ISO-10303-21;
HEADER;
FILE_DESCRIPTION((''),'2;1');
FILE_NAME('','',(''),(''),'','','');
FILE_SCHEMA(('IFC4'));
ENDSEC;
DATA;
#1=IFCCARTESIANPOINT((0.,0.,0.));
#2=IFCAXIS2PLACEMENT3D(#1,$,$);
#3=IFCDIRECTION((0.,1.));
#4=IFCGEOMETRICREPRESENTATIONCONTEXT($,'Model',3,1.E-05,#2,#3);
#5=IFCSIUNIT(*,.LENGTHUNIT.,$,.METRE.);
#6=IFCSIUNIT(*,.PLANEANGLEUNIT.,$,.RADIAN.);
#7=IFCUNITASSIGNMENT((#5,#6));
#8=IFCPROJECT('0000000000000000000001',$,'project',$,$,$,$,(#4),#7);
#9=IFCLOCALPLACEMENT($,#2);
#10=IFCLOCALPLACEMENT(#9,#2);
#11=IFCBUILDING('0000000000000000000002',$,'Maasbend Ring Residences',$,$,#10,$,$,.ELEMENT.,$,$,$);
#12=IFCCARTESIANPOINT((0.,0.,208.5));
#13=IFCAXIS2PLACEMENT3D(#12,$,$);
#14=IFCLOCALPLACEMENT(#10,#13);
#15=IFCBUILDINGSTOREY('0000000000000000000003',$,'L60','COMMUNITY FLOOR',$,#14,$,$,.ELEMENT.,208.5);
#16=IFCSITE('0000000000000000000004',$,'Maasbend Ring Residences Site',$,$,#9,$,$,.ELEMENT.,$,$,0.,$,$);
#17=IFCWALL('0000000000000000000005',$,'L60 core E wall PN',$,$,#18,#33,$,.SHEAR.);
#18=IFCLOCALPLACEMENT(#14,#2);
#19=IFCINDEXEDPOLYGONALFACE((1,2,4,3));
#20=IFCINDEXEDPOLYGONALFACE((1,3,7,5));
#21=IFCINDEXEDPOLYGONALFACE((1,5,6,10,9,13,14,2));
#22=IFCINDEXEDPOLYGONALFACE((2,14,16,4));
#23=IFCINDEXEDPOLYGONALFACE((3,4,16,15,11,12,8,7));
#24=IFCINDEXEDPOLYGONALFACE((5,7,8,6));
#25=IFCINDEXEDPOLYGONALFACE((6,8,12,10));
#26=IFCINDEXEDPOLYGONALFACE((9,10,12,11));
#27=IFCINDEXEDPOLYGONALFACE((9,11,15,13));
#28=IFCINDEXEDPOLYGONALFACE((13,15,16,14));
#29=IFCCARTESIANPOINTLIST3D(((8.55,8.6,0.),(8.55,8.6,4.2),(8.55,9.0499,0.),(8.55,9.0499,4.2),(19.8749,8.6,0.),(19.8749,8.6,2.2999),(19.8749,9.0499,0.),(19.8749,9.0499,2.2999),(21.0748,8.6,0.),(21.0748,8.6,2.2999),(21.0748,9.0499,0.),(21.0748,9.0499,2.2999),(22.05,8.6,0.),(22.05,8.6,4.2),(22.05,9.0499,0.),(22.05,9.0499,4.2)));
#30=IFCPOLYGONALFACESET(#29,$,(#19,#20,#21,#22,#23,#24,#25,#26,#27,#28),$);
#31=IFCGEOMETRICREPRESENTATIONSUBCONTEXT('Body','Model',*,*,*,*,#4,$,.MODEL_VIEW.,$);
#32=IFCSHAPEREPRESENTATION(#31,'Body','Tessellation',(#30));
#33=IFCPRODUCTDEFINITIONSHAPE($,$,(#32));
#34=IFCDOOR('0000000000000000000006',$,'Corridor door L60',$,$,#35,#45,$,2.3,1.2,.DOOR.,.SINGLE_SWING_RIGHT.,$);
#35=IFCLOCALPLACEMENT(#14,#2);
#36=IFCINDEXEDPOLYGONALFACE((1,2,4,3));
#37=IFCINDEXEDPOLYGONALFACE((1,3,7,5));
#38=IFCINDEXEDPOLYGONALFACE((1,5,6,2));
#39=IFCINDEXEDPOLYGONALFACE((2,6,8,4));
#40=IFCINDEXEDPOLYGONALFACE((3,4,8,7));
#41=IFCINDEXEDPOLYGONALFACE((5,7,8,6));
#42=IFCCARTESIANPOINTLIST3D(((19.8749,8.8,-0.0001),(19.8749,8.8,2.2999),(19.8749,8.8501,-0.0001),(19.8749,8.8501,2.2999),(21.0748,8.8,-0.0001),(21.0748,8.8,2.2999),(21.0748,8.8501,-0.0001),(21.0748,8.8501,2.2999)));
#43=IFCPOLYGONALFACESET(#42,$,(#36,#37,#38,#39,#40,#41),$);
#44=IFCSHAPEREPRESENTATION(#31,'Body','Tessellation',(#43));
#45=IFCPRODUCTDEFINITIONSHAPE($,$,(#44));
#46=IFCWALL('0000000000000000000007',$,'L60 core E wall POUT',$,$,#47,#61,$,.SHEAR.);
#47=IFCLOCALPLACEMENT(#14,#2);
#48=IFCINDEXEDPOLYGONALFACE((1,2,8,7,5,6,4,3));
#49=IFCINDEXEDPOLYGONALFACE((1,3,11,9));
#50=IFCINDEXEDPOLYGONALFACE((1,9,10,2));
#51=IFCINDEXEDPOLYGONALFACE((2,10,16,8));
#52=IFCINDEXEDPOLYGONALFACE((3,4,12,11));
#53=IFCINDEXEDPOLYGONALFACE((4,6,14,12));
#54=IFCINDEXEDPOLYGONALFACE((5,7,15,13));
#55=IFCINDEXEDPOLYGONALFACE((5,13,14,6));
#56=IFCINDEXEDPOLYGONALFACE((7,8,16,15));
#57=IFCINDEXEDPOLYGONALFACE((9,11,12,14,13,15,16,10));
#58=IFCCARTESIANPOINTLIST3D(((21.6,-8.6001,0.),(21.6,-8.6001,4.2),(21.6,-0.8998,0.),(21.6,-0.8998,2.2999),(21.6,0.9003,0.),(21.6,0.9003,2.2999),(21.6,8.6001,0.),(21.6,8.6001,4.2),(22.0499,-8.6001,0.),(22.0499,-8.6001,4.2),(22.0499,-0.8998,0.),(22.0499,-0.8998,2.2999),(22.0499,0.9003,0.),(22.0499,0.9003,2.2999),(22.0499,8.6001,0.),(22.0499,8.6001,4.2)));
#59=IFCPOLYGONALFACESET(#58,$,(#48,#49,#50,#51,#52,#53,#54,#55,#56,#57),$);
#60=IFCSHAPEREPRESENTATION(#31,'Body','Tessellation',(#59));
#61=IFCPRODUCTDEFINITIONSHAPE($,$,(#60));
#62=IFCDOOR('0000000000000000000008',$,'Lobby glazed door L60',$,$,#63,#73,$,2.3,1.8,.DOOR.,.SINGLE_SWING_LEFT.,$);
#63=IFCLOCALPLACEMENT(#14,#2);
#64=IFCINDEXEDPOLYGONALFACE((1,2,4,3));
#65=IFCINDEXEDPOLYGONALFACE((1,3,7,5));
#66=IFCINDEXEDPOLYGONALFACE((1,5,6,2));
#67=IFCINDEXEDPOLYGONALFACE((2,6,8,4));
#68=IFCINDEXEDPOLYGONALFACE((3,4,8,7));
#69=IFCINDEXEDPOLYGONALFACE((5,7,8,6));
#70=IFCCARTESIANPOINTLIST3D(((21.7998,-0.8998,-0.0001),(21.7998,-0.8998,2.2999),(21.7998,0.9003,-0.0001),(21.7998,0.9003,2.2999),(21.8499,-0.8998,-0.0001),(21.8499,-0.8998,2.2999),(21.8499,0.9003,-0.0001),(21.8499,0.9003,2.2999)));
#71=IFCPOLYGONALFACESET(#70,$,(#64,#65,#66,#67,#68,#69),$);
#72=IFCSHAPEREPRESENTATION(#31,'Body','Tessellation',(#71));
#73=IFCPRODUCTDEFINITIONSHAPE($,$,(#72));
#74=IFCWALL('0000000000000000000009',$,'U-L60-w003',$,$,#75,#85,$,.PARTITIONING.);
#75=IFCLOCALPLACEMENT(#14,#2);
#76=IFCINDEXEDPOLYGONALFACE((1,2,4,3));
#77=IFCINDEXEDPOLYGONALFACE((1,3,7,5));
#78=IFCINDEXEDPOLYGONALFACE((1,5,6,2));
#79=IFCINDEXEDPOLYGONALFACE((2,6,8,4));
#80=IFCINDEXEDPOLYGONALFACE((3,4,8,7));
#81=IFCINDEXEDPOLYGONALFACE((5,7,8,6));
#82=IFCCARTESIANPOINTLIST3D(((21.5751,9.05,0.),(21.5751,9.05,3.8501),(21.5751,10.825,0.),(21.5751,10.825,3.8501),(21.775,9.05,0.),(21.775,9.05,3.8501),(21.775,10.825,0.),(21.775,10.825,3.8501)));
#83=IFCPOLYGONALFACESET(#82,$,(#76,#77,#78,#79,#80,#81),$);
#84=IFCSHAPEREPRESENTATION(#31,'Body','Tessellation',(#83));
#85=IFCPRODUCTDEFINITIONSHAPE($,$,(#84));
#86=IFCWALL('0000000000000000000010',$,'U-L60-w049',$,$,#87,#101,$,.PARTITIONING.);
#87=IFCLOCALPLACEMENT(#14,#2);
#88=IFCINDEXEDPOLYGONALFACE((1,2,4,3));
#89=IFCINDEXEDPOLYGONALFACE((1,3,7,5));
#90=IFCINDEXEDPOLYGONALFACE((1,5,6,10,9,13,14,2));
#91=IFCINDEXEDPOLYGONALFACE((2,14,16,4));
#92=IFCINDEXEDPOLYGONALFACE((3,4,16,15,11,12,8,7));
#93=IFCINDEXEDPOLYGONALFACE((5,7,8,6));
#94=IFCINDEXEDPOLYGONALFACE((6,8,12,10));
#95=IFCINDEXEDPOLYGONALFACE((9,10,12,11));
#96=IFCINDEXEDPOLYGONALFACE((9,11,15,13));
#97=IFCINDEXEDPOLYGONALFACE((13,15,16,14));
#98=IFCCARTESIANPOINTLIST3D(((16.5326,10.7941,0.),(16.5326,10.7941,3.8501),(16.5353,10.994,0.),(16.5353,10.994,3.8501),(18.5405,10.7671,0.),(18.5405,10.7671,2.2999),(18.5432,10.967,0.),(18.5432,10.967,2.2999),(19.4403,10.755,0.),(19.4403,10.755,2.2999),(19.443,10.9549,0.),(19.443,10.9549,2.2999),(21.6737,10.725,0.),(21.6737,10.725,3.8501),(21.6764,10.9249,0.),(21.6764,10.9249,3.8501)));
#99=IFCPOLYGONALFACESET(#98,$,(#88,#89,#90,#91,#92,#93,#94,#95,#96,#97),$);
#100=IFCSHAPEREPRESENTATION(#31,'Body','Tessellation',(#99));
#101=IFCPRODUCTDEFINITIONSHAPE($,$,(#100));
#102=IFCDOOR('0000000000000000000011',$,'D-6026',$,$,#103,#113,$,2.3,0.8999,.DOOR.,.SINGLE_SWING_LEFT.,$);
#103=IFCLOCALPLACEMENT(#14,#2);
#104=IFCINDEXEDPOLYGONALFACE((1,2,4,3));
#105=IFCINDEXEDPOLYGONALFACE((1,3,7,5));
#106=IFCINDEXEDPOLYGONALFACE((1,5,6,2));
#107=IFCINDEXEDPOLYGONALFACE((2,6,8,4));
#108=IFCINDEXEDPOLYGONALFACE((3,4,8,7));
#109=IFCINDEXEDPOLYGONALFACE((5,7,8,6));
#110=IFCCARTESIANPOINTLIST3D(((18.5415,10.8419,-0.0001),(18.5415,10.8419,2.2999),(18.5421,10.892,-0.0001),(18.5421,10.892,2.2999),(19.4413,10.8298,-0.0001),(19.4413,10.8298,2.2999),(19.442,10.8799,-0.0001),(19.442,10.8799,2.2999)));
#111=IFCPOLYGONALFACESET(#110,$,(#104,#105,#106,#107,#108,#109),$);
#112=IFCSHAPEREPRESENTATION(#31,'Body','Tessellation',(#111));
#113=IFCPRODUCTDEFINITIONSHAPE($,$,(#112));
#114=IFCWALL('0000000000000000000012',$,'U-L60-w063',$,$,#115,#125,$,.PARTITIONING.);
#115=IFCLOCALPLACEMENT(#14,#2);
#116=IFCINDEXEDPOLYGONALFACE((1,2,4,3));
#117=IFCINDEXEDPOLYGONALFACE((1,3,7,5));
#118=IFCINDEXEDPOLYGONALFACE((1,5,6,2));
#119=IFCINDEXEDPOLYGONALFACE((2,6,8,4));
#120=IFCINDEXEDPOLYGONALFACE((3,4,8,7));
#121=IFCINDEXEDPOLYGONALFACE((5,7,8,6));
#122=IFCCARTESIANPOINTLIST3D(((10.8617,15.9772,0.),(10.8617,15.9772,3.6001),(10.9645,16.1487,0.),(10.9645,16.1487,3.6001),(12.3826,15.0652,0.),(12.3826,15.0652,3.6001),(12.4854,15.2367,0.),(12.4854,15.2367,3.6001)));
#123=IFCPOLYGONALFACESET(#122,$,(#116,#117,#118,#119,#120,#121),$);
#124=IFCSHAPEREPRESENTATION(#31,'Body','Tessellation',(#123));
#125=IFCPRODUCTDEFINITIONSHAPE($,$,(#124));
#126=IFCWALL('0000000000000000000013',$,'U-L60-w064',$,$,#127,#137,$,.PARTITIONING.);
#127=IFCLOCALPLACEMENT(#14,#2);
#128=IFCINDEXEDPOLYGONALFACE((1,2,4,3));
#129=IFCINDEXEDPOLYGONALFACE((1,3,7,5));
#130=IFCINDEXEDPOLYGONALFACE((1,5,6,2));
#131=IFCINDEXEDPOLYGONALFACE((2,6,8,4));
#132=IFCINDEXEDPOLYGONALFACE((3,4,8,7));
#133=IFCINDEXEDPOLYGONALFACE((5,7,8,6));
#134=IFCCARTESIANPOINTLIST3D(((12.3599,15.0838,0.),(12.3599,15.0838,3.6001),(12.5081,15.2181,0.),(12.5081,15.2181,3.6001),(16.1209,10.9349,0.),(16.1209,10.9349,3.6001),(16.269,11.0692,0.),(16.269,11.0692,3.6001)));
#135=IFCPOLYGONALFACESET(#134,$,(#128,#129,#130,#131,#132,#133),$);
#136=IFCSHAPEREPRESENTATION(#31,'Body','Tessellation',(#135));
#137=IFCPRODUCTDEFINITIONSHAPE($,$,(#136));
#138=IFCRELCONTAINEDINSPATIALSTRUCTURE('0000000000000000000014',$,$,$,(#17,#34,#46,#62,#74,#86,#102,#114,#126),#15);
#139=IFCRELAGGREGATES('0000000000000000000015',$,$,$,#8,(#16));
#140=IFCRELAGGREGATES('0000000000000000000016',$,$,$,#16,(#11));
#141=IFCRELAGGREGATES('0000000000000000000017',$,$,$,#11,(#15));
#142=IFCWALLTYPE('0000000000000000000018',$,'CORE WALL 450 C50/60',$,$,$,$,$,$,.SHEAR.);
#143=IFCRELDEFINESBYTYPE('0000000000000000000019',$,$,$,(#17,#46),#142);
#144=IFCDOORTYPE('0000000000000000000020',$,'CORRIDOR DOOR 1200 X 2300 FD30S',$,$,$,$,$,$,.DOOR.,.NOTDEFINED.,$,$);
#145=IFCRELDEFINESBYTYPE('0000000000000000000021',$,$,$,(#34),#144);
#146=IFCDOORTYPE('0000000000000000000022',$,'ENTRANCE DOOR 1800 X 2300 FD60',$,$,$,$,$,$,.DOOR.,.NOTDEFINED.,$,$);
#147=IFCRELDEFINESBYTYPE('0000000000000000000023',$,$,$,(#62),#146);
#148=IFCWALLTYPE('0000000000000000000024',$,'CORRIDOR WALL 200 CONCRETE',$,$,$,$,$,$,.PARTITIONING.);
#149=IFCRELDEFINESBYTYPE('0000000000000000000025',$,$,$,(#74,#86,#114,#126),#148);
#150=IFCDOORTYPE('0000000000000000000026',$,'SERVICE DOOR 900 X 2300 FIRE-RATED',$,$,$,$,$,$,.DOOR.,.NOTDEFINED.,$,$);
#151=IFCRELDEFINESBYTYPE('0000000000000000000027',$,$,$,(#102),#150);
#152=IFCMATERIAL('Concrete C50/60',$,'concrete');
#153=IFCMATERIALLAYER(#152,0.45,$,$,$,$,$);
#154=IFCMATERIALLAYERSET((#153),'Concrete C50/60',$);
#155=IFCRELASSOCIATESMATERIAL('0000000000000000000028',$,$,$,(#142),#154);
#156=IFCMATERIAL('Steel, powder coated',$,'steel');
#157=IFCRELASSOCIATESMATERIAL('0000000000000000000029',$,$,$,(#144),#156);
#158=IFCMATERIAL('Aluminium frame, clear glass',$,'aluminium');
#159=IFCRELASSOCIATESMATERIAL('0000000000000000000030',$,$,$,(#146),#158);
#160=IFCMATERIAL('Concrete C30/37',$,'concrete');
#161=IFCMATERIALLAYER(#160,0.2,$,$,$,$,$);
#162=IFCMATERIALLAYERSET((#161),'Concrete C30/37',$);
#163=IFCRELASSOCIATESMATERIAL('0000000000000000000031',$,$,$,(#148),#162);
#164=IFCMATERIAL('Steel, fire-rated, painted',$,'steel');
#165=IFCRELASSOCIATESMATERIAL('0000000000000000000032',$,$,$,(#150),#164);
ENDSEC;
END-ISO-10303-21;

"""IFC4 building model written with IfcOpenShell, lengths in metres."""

from ifc_helpers import new_model, si_unit, direction, frame, frame_2d, origin, place, context, subcontext, project, spatial, rectangle, extrude, material, layer, layer_set, type_object, element, fill, save


model = new_model("IFC4")

# Units and contexts
model_context = context("Model", 3, precision=1e-05, world=origin(), true_north=direction((0.0, 1.0)))
body_context = subcontext(model_context, "Body", "Model", "MODEL_VIEW")
ifc_project = project(units=[si_unit("LENGTHUNIT", "METRE"), si_unit("PLANEANGLEUNIT", "RADIAN")], contexts=[model_context])

# Site, building, storey
site_placement = place(None, origin())
site = spatial("IfcSite", under=ifc_project, at=site_placement, Name="Maasbend Ring Residences Site", CompositionType="ELEMENT", RefElevation=0.0)
building_placement = place(site_placement, origin())
building = spatial("IfcBuilding", under=site, at=building_placement, Name="Maasbend Ring Residences", CompositionType="ELEMENT")
storey_placement = place(building_placement, frame((0.0, 0.0, 208.5)))
storey = spatial("IfcBuildingStorey", under=building, at=storey_placement, Name="L60", Description="COMMUNITY FLOOR", CompositionType="ELEMENT", Elevation=208.5)

# Walls, openings, doors
ifc_material_1 = material(Name="Concrete C50/60", Category="concrete")
ifc_layer_1 = layer(ifc_material_1, 0.45)
ifc_layer_set_1 = layer_set([ifc_layer_1], Name="Concrete C50/60")
wall_type_1 = type_object("IfcWallType", Name="CORE WALL 450 C50/60", PredefinedType="SHEAR", material=ifc_layer_set_1)
wall_1_placement = place(storey_placement, frame((22.05, 8.825, 0.0), z_axis=(0.0, 0.0, 1.0), x_axis=(-1.0, 0.0, 0.0)))
wall_1 = element("IfcWall", 1, at=wall_1_placement, inside=storey, type_object=wall_type_1, Name="L60 core E wall PN", PredefinedType="SHEAR", context=body_context, shape_type="SweptSolid", body=[
    extrude(rectangle(XDim=13.5, YDim=0.45, at=frame_2d((6.75, 0.0))), origin(), (0.0, 0.0, 1.0), 4.2),
])
opening_1_placement = place(wall_1_placement, frame((0.9751, 0.0, 0.0)))
opening_1 = element("IfcOpeningElement", 2, at=opening_1_placement, cuts=wall_1, PredefinedType="OPENING", context=body_context, shape_type="SweptSolid", body=[
    extrude(rectangle(XDim=1.2, YDim=2.3, at=frame_2d((0.6001, 1.1499))), frame((0.0, 0.2349, 0.0), z_axis=(0.0, -1.0, 0.0), x_axis=(1.0, 0.0, 0.0)), (0.0, 0.0, 1.0), 0.47),
])
ifc_material_2 = material(Name="Steel, powder coated", Category="steel")
door_type_1 = type_object("IfcDoorType", Name="CORRIDOR DOOR 1200 X 2300 FD30S", OperationType="NOTDEFINED", PredefinedType="DOOR", material=ifc_material_2)
door_1_placement = place(opening_1_placement, origin())
door_1 = element("IfcDoor", 3, at=door_1_placement, inside=storey, type_object=door_type_1, Name="Corridor door L60", OperationType="SINGLE_SWING_RIGHT", OverallHeight=2.3, OverallWidth=1.2, PredefinedType="DOOR", context=body_context, shape_type="SweptSolid", body=[
    extrude(rectangle(XDim=1.2, YDim=2.3, at=frame_2d((0.6001, 1.1499))), frame((0.0, 0.0249, 0.0), z_axis=(0.0, -1.0, 0.0), x_axis=(1.0, 0.0, 0.0)), (0.0, 0.0, 1.0), 0.05),
])
fill(opening_1, door_1)
wall_2_placement = place(storey_placement, frame((21.825, 8.6001, 0.0), z_axis=(0.0, 0.0, 1.0), x_axis=(0.0, -1.0, 0.0)))
wall_2 = element("IfcWall", 4, at=wall_2_placement, inside=storey, type_object=wall_type_1, Name="L60 core E wall POUT", PredefinedType="SHEAR", context=body_context, shape_type="SweptSolid", body=[
    extrude(rectangle(XDim=17.2002, YDim=0.45, at=frame_2d((8.6001, 0.0))), origin(), (0.0, 0.0, 1.0), 4.2),
])
opening_2_placement = place(wall_2_placement, frame((7.7, 0.0, 0.0)))
opening_2 = element("IfcOpeningElement", 5, at=opening_2_placement, cuts=wall_2, PredefinedType="OPENING", context=body_context, shape_type="SweptSolid", body=[
    extrude(rectangle(XDim=1.8, YDim=2.3, at=frame_2d((0.8999, 1.1499))), frame((0.0, 0.2349, 0.0), z_axis=(0.0, -1.0, 0.0), x_axis=(1.0, 0.0, 0.0)), (0.0, 0.0, 1.0), 0.47),
])
ifc_material_3 = material(Name="Aluminium frame, clear glass", Category="aluminium")
door_type_2 = type_object("IfcDoorType", Name="ENTRANCE DOOR 1800 X 2300 FD60", OperationType="NOTDEFINED", PredefinedType="DOOR", material=ifc_material_3)
door_2_placement = place(opening_2_placement, origin())
door_2 = element("IfcDoor", 6, at=door_2_placement, inside=storey, type_object=door_type_2, Name="Lobby glazed door L60", OperationType="SINGLE_SWING_LEFT", OverallHeight=2.3, OverallWidth=1.8, PredefinedType="DOOR", context=body_context, shape_type="SweptSolid", body=[
    extrude(rectangle(XDim=1.8, YDim=2.3, at=frame_2d((0.8999, 1.1499))), frame((0.0, 0.0249, 0.0), z_axis=(0.0, -1.0, 0.0), x_axis=(1.0, 0.0, 0.0)), (0.0, 0.0, 1.0), 0.05),
])
fill(opening_2, door_2)

# Wall
ifc_material_4 = material(Name="Concrete C30/37", Category="concrete")
ifc_layer_2 = layer(ifc_material_4, 0.2)
ifc_layer_set_2 = layer_set([ifc_layer_2], Name="Concrete C30/37")
wall_type_2 = type_object("IfcWallType", Name="CORRIDOR WALL 200 CONCRETE", PredefinedType="PARTITIONING", material=ifc_layer_set_2)
wall_3_placement = place(storey_placement, frame((21.675, 9.05, 0.0), z_axis=(0.0, 0.0, 1.0), x_axis=(0.0, 1.0, 0.0)))
element("IfcWall", 7, at=wall_3_placement, inside=storey, type_object=wall_type_2, Name="U-L60-w003", PredefinedType="PARTITIONING", context=body_context, shape_type="SweptSolid", body=[
    extrude(rectangle(XDim=1.7749, YDim=0.2, at=frame_2d((0.8875, 0.0))), origin(), (0.0, 0.0, 1.0), 3.8501),
])

# Wall, opening, door
wall_4_placement = place(storey_placement, frame((16.5339, 10.894, 0.0), z_axis=(0.0, 0.0, 1.0), x_axis=(0.99991, -0.013438, 0.0)))
wall_4 = element("IfcWall", 8, at=wall_4_placement, inside=storey, type_object=wall_type_2, Name="U-L60-w049", PredefinedType="PARTITIONING", context=body_context, shape_type="SweptSolid", body=[
    extrude(rectangle(XDim=5.1416, YDim=0.2, at=frame_2d((2.5708, 0.0))), origin(), (0.0, 0.0, 1.0), 3.8501),
])
opening_3_placement = place(wall_4_placement, frame((2.0081, 0.0, 0.0)))
opening_3 = element("IfcOpeningElement", 9, at=opening_3_placement, cuts=wall_4, PredefinedType="OPENING", context=body_context, shape_type="SweptSolid", body=[
    extrude(rectangle(XDim=0.8999, YDim=2.3, at=frame_2d((0.45, 1.1499))), frame((0.0, 0.1099, 0.0), z_axis=(0.0, -1.0, 0.0), x_axis=(1.0, 0.0, 0.0)), (0.0, 0.0, 1.0), 0.22),
])
ifc_material_5 = material(Name="Steel, fire-rated, painted", Category="steel")
door_type_3 = type_object("IfcDoorType", Name="SERVICE DOOR 900 X 2300 FIRE-RATED", OperationType="NOTDEFINED", PredefinedType="DOOR", material=ifc_material_5)
door_3_placement = place(opening_3_placement, origin())
door_3 = element("IfcDoor", 10, at=door_3_placement, inside=storey, type_object=door_type_3, Name="D-6026", OperationType="SINGLE_SWING_LEFT", OverallHeight=2.3, OverallWidth=0.8999, PredefinedType="DOOR", context=body_context, shape_type="SweptSolid", body=[
    extrude(rectangle(XDim=0.8999, YDim=2.3, at=frame_2d((0.45, 1.1499))), frame((0.0, 0.0249, 0.0), z_axis=(0.0, -1.0, 0.0), x_axis=(1.0, 0.0, 0.0)), (0.0, 0.0, 1.0), 0.05),
])
fill(opening_3, door_3)

# Walls
wall_5_placement = place(storey_placement, frame((10.9131, 16.063, 0.0), z_axis=(0.0, 0.0, 1.0), x_axis=(0.857614, -0.514293, 0.0)))
element("IfcWall", 11, at=wall_5_placement, inside=storey, type_object=wall_type_2, Name="U-L60-w063", PredefinedType="PARTITIONING", context=body_context, shape_type="SweptSolid", body=[
    extrude(rectangle(XDim=1.7734, YDim=0.2, at=frame_2d((0.8867, 0.0))), origin(), (0.0, 0.0, 1.0), 3.6001),
])
wall_6_placement = place(storey_placement, frame((12.4341, 15.1509, 0.0), z_axis=(0.0, 0.0, 1.0), x_axis=(0.67162, -0.740896, 0.0)))
element("IfcWall", 12, at=wall_6_placement, inside=storey, type_object=wall_type_2, Name="U-L60-w064", PredefinedType="PARTITIONING", context=body_context, shape_type="SweptSolid", body=[
    extrude(rectangle(XDim=5.5999, YDim=0.2, at=frame_2d((2.7998, 0.0))), origin(), (0.0, 0.0, 1.0), 3.6001),
])

save(model, "model.ifc")
